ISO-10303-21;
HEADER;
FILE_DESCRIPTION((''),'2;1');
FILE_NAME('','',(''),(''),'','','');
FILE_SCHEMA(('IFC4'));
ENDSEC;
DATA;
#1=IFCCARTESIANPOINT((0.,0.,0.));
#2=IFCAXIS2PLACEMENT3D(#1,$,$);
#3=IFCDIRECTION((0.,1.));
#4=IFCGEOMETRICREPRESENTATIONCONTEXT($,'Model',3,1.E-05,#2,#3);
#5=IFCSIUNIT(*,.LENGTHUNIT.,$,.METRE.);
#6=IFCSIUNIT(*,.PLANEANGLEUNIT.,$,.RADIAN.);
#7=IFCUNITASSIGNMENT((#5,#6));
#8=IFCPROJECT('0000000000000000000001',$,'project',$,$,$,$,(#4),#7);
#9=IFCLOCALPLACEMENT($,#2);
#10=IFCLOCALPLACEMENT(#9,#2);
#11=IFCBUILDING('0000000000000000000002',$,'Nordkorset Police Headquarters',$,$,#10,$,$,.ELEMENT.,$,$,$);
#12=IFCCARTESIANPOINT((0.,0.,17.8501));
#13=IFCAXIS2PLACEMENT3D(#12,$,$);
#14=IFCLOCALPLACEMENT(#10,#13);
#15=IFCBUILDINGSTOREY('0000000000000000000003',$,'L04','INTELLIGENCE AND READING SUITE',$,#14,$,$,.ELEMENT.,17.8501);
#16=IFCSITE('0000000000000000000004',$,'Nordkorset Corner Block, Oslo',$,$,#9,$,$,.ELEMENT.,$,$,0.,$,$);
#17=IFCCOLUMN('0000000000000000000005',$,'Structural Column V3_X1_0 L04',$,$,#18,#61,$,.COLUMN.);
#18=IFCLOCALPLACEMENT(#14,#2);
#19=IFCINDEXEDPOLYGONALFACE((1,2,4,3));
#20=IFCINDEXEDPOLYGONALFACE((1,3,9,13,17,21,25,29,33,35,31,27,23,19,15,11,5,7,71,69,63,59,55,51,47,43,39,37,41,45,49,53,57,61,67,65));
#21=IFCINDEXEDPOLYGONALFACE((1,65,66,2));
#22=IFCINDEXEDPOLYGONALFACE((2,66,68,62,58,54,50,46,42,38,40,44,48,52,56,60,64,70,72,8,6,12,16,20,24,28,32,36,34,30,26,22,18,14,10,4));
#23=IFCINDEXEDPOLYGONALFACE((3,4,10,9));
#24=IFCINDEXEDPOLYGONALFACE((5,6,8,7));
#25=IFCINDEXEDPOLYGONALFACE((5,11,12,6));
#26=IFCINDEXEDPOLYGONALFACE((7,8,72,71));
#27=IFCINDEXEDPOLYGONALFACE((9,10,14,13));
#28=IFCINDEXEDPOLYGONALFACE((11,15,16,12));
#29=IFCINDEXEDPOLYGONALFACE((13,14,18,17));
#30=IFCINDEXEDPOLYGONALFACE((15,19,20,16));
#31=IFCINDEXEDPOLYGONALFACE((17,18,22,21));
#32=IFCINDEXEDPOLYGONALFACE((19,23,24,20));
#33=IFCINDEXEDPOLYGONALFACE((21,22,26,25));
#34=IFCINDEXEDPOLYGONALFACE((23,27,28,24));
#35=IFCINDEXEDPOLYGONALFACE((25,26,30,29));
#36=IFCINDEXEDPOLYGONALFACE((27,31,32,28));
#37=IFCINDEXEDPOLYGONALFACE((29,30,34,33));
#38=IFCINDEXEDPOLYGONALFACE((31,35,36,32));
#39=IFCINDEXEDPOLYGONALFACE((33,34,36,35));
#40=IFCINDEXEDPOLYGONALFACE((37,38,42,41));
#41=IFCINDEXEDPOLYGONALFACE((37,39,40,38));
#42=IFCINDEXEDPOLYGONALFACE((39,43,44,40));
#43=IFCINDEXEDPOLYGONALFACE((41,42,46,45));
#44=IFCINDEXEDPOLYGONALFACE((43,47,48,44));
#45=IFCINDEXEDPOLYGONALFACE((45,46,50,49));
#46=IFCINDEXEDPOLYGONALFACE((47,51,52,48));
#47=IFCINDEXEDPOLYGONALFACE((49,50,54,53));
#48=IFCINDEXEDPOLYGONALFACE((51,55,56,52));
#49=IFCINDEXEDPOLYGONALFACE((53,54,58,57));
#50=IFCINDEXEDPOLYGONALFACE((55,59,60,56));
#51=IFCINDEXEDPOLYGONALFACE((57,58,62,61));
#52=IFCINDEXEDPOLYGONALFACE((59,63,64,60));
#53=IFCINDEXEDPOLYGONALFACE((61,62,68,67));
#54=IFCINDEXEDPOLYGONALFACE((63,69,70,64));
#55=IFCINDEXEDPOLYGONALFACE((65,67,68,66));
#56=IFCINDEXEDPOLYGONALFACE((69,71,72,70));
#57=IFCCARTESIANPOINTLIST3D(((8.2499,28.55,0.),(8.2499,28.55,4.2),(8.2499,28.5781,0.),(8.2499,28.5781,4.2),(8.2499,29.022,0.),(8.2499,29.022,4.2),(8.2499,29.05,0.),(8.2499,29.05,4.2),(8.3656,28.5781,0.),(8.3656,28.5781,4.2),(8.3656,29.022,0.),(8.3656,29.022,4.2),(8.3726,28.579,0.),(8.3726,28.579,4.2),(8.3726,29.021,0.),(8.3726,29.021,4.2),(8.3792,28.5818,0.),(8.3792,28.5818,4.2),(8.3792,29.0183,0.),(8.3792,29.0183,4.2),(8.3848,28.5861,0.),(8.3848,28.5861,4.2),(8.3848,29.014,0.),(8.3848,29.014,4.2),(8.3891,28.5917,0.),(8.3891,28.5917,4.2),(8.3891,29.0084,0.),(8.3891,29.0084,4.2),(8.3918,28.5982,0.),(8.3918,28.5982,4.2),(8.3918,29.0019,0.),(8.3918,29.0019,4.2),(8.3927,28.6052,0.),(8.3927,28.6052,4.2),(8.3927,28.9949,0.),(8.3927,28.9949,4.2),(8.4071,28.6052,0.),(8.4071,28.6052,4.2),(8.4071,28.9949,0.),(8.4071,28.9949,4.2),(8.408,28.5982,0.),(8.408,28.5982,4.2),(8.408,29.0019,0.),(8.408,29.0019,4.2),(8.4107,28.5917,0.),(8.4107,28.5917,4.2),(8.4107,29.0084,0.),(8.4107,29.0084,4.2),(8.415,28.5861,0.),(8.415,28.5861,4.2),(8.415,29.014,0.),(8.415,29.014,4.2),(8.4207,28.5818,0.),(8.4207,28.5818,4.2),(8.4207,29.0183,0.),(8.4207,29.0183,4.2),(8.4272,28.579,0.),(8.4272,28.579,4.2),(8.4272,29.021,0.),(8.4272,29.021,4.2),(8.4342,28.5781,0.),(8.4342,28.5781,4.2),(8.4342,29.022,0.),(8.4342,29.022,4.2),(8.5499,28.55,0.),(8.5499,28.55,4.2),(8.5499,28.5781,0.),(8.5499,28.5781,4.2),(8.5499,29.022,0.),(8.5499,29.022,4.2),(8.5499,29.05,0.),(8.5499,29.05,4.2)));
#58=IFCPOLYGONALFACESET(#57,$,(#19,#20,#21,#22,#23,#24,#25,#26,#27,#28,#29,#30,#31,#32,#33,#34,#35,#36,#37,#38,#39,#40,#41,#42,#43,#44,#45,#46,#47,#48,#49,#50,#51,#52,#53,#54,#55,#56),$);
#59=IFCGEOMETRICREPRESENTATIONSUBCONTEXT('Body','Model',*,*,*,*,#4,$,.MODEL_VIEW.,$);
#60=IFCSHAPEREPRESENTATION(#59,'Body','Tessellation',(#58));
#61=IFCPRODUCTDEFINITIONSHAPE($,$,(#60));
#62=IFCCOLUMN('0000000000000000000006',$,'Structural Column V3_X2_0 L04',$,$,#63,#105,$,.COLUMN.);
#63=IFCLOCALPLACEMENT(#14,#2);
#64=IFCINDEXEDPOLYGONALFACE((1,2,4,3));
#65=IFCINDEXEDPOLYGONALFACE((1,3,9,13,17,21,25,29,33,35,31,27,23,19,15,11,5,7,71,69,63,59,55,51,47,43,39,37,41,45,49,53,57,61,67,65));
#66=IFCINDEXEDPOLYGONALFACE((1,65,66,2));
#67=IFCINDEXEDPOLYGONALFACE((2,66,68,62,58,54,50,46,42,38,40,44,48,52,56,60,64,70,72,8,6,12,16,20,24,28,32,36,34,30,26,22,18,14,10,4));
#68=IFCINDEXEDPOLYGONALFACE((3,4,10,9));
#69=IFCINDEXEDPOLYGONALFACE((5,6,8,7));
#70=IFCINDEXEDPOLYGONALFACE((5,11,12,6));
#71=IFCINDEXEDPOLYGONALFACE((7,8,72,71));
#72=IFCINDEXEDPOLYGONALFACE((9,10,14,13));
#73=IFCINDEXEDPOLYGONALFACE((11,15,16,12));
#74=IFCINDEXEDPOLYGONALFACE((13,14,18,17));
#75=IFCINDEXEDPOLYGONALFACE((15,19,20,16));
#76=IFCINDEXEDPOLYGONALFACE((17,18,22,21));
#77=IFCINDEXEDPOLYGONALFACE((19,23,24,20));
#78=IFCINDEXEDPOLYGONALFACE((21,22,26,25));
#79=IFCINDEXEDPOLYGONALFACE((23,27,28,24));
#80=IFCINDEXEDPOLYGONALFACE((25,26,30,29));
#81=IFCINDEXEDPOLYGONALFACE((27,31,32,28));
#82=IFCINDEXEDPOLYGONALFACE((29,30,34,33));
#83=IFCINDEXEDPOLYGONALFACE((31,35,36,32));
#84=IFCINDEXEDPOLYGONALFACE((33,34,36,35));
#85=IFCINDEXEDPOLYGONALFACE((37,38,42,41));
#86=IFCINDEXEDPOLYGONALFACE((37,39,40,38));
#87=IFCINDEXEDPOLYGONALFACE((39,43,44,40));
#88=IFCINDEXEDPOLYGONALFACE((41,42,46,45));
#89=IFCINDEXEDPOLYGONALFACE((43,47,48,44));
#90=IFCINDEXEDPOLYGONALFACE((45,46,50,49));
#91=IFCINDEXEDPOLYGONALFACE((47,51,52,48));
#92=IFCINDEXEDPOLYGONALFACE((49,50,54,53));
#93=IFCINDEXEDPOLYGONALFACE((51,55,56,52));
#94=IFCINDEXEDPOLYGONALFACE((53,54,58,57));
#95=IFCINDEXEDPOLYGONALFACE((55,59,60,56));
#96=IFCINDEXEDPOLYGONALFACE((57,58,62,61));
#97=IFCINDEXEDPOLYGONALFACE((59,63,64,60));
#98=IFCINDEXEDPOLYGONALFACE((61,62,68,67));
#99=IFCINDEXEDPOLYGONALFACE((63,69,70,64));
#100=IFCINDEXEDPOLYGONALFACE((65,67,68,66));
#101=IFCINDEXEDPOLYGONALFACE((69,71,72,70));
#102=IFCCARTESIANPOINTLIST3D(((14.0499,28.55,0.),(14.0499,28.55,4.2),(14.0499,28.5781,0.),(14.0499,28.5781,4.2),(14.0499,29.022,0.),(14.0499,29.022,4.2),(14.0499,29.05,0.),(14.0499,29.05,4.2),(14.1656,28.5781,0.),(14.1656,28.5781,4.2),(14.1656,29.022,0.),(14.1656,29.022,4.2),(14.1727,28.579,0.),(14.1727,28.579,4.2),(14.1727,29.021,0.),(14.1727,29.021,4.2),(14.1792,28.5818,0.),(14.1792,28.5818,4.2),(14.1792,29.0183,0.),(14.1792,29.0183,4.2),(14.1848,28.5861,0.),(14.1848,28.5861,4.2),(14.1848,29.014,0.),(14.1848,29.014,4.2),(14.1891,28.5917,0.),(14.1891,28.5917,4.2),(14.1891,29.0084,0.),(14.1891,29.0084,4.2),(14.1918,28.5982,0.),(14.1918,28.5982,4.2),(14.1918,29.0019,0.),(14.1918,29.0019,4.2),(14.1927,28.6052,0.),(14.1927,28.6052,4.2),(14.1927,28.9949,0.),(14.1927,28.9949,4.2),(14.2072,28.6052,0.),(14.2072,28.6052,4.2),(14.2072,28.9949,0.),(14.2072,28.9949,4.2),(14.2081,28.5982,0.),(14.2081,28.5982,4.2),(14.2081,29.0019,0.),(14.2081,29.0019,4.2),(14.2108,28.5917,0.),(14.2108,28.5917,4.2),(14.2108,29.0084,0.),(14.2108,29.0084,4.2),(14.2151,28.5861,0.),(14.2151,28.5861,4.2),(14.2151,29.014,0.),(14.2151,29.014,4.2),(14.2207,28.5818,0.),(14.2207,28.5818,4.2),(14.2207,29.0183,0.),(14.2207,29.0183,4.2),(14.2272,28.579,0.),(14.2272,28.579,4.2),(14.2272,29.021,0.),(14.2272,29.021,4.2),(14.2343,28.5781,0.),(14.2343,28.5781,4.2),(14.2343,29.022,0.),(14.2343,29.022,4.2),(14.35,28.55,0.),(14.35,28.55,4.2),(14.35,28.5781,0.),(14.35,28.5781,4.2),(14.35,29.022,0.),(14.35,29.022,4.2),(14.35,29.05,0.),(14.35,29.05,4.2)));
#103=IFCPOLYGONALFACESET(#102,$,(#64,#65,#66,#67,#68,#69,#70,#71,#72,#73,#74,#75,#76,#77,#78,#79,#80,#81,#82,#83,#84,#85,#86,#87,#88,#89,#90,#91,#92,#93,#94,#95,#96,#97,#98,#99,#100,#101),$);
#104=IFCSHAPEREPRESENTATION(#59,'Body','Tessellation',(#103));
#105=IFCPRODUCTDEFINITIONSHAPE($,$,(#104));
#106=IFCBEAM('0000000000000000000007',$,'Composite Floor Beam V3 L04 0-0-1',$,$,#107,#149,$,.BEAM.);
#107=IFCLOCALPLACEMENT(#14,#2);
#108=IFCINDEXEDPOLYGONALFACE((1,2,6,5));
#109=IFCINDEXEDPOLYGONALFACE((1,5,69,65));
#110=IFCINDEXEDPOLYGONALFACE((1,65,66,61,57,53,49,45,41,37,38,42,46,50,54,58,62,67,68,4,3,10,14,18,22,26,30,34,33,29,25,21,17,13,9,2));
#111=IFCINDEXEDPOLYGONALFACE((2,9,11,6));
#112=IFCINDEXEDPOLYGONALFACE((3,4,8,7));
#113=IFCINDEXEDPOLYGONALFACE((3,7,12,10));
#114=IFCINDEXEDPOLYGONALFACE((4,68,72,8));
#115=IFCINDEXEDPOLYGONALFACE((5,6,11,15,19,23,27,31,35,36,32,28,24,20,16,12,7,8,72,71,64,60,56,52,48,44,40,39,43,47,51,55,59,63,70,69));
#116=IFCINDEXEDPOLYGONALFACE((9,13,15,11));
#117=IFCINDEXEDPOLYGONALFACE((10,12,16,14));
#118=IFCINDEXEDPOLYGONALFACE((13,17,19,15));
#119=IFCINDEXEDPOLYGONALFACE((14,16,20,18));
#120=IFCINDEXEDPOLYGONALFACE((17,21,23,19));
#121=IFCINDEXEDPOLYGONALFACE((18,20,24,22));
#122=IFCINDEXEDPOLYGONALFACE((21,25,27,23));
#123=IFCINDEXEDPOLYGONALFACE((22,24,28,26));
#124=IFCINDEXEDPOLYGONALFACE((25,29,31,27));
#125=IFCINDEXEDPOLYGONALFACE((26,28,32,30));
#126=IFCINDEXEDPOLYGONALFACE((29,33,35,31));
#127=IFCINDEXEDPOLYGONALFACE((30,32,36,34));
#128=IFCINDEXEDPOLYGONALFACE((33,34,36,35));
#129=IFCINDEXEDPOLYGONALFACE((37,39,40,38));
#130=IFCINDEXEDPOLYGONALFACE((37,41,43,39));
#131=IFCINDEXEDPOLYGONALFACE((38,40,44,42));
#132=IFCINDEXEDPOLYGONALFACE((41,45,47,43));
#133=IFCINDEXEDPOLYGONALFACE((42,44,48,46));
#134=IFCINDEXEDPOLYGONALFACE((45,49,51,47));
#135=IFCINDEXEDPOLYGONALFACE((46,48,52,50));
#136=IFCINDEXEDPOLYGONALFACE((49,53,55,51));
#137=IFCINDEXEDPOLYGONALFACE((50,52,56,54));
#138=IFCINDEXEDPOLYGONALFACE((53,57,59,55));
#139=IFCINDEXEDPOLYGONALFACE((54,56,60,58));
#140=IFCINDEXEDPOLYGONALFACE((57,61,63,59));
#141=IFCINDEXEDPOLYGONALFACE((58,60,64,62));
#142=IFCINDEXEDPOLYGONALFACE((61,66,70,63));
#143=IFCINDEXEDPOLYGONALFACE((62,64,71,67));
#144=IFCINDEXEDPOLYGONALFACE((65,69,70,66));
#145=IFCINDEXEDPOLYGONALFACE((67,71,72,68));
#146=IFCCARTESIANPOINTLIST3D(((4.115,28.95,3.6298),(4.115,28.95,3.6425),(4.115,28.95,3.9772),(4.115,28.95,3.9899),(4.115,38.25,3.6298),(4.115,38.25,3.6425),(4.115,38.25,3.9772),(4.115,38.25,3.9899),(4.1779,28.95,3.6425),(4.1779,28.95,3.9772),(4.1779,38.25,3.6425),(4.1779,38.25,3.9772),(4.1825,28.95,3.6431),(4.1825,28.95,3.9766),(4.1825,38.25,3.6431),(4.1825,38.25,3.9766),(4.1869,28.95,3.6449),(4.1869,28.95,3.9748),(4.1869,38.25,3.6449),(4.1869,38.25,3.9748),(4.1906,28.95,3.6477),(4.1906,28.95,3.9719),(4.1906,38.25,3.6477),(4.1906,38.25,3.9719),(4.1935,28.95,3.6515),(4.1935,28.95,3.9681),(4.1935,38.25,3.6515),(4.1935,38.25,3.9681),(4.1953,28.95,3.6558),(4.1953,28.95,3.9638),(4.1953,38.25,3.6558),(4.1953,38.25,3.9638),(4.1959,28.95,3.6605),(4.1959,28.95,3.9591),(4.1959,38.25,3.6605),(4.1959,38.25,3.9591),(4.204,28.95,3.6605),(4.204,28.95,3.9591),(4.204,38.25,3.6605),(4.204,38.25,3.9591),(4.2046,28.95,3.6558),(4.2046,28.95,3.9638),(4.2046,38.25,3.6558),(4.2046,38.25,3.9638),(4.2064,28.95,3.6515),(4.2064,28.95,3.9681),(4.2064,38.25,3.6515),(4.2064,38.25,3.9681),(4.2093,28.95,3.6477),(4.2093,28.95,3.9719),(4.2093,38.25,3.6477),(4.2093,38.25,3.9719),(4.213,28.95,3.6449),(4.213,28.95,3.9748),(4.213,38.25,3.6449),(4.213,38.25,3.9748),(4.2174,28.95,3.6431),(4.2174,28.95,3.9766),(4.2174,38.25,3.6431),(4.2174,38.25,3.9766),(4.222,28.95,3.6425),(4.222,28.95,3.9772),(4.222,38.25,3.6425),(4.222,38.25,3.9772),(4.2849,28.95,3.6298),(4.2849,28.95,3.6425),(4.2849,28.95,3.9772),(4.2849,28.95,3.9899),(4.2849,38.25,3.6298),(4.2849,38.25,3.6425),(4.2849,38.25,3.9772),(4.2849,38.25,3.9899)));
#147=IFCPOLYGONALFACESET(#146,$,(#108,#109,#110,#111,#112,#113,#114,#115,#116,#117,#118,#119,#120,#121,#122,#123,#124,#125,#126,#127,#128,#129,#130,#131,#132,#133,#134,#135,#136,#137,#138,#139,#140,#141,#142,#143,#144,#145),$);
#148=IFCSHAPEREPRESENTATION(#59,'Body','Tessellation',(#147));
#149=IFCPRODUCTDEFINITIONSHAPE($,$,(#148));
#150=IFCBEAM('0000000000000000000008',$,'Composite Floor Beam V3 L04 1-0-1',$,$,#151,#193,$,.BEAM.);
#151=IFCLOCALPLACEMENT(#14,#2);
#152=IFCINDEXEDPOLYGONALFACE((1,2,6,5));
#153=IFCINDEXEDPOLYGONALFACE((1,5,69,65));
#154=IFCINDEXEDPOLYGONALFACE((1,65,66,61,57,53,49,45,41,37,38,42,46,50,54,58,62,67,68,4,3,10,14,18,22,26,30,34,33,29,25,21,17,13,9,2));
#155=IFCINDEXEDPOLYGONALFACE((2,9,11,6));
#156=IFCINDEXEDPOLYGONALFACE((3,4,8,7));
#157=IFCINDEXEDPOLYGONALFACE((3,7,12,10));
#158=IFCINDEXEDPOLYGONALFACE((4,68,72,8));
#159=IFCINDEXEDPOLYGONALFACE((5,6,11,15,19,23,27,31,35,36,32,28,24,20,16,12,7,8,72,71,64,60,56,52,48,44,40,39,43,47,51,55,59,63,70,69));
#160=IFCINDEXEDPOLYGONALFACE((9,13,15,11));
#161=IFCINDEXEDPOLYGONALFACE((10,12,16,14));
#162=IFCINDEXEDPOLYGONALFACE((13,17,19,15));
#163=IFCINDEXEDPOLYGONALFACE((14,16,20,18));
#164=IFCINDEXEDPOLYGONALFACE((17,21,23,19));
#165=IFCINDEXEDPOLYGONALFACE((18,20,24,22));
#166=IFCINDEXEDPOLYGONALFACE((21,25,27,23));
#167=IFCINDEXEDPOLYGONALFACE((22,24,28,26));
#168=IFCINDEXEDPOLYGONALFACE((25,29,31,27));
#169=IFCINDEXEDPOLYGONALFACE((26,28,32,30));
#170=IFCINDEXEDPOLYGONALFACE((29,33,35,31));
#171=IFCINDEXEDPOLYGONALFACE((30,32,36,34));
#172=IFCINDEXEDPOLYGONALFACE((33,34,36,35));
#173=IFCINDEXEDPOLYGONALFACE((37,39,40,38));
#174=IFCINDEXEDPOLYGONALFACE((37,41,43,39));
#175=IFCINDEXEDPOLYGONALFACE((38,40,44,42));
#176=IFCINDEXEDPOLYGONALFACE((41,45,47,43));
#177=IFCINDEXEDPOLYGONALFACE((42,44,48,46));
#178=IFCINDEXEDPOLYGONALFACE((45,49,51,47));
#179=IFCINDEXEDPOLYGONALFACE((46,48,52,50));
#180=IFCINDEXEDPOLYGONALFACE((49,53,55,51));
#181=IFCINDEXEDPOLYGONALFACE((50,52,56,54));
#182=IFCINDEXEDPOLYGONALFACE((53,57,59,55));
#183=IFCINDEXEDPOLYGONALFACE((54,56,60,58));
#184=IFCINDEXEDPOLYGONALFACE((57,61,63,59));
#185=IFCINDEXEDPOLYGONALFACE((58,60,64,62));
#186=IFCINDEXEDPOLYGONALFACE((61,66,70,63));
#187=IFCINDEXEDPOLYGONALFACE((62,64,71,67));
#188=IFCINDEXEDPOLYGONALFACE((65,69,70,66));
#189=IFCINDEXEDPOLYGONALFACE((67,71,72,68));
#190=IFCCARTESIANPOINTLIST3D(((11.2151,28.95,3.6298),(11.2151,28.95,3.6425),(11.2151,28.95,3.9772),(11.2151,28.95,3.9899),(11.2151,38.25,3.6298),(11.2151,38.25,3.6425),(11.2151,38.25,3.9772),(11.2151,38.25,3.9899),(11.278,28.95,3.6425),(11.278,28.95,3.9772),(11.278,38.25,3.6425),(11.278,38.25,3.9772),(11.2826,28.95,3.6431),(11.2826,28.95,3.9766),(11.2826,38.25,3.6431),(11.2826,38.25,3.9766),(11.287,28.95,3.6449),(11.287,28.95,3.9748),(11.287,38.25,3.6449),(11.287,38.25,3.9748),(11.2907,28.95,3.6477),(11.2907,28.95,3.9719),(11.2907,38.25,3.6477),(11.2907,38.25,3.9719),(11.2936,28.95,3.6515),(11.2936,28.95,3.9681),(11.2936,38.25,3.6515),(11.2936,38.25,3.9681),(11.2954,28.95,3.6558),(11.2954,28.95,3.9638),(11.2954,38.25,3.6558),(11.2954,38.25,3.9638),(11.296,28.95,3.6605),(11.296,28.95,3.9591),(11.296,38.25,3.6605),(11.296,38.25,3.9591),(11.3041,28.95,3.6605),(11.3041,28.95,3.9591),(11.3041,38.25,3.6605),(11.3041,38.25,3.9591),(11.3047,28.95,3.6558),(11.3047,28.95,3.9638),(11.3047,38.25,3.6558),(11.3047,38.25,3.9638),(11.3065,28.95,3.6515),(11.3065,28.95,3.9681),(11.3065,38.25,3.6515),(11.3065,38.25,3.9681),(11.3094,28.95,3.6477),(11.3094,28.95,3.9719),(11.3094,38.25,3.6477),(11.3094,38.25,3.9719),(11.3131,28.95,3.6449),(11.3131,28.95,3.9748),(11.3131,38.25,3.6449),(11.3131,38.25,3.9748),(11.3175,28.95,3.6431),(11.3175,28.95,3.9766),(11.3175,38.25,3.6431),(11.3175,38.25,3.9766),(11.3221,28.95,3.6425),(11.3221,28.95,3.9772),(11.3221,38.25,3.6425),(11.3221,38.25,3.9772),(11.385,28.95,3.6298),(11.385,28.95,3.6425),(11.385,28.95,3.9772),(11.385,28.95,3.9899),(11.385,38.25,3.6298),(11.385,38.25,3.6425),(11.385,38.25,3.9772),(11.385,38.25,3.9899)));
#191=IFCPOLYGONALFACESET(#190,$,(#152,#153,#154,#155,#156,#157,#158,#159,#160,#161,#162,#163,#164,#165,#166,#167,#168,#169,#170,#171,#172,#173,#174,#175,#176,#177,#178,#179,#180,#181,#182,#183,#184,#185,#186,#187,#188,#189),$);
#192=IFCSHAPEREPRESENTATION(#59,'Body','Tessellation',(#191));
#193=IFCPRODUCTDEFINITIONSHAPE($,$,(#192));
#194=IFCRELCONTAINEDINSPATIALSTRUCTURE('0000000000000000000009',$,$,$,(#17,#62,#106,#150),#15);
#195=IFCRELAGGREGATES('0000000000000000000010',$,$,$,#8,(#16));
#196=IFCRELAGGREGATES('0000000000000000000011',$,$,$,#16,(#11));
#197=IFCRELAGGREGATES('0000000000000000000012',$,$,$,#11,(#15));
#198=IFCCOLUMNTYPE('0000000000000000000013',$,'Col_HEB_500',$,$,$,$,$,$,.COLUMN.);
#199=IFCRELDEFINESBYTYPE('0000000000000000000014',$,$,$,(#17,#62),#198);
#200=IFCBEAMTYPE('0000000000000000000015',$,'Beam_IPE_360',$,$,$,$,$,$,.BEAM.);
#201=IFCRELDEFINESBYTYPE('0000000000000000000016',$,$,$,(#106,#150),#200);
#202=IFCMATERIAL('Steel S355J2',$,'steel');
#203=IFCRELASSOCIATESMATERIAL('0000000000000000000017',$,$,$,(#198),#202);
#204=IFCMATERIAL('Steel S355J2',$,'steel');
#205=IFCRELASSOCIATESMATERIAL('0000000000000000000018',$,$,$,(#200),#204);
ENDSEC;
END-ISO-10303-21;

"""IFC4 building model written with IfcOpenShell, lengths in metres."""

from ifc_helpers import new_model, si_unit, direction, frame, origin, origin_2d, place, context, subcontext, project, spatial, i_section, extrude, material, material_profile, profile_set, type_object, element, save


model = new_model("IFC4")

# Units and contexts
model_context = context("Model", 3, precision=1e-05, world=origin(), true_north=direction((0.0, 1.0)))
body_context = subcontext(model_context, "Body", "Model", "MODEL_VIEW")
ifc_project = project(units=[si_unit("LENGTHUNIT", "METRE"), si_unit("PLANEANGLEUNIT", "RADIAN")], contexts=[model_context])

# Site, building, storey
site_placement = place(None, origin())
site = spatial("IfcSite", under=ifc_project, at=site_placement, Name="Nordkorset Corner Block, Oslo", CompositionType="ELEMENT", RefElevation=0.0)
building_placement = place(site_placement, origin())
building = spatial("IfcBuilding", under=site, at=building_placement, Name="Nordkorset Police Headquarters", CompositionType="ELEMENT")
storey_placement = place(building_placement, frame((0.0, 0.0, 17.8501)))
storey = spatial("IfcBuildingStorey", under=building, at=storey_placement, Name="L04", Description="INTELLIGENCE AND READING SUITE", CompositionType="ELEMENT", Elevation=17.8501)

# Columns
ifc_material_1 = material(Name="Steel S355J2", Category="steel")
ifc_material_profile_1 = material_profile(ifc_material_1, i_section(OverallWidth=0.3, OverallDepth=0.5, WebThickness=0.0144, FlangeThickness=0.0281, FilletRadius=0.0271, at=origin_2d()), Name="HEB 500")
ifc_profile_set_1 = profile_set([ifc_material_profile_1], Name="Steel S355J2")
column_type = type_object("IfcColumnType", Name="Col_HEB_500", PredefinedType="COLUMN", material=ifc_profile_set_1)
for number, where, z_axis, x_axis, name in (
    (1, (8.3999, 28.8, 0.0), (0.0, 0.0, 1.0), (1.0, 0.0, 0.0), "Structural Column V3_X1_0 L04"),
    (2, (14.2, 28.8, 0.0), (0.0, 0.0, 1.0), (1.0, 0.0, 0.0), "Structural Column V3_X2_0 L04"),
):
    element("IfcColumn", number, at=place(storey_placement, frame(where, z_axis=z_axis, x_axis=x_axis)), inside=storey, type_object=column_type, Name=name, PredefinedType="COLUMN", context=body_context, shape_type="SweptSolid", body=[
        extrude(i_section(OverallWidth=0.3, OverallDepth=0.5, WebThickness=0.0144, FlangeThickness=0.0281, FilletRadius=0.0271, at=origin_2d()), origin(), (0.0, 0.0, 1.0), 4.2),
    ])

# Beams
ifc_material_2 = material(Name="Steel S355J2", Category="steel")
ifc_material_profile_2 = material_profile(ifc_material_2, i_section(OverallWidth=0.1699, OverallDepth=0.3601, WebThickness=0.0081, FlangeThickness=0.0127, FilletRadius=0.0181, at=origin_2d()), Name="IPE 360")
ifc_profile_set_2 = profile_set([ifc_material_profile_2], Name="Steel S355J2")
beam_type_1 = type_object("IfcBeamType", Name="Beam_IPE_360", PredefinedType="BEAM", material=ifc_profile_set_2)
for number, where, z_axis, x_axis, name in (
    (3, (4.2, 28.95, 3.8098), (0.0, 1.0, 0.0), (-1.0, 0.0, 0.0), "Composite Floor Beam V3 L04 0-0-1"),
    (4, (11.3, 28.95, 3.8098), (0.0, 1.0, 0.0), (-1.0, 0.0, 0.0), "Composite Floor Beam V3 L04 1-0-1"),
):
    element("IfcBeam", number, at=place(storey_placement, frame(where, z_axis=z_axis, x_axis=x_axis)), inside=storey, type_object=beam_type_1, Name=name, PredefinedType="BEAM", context=body_context, shape_type="SweptSolid", body=[
        extrude(i_section(OverallWidth=0.1699, OverallDepth=0.3601, WebThickness=0.0081, FlangeThickness=0.0127, FilletRadius=0.0181, at=origin_2d()), origin(), (0.0, 0.0, 1.0), 9.3),
    ])

save(model, "model.ifc")
